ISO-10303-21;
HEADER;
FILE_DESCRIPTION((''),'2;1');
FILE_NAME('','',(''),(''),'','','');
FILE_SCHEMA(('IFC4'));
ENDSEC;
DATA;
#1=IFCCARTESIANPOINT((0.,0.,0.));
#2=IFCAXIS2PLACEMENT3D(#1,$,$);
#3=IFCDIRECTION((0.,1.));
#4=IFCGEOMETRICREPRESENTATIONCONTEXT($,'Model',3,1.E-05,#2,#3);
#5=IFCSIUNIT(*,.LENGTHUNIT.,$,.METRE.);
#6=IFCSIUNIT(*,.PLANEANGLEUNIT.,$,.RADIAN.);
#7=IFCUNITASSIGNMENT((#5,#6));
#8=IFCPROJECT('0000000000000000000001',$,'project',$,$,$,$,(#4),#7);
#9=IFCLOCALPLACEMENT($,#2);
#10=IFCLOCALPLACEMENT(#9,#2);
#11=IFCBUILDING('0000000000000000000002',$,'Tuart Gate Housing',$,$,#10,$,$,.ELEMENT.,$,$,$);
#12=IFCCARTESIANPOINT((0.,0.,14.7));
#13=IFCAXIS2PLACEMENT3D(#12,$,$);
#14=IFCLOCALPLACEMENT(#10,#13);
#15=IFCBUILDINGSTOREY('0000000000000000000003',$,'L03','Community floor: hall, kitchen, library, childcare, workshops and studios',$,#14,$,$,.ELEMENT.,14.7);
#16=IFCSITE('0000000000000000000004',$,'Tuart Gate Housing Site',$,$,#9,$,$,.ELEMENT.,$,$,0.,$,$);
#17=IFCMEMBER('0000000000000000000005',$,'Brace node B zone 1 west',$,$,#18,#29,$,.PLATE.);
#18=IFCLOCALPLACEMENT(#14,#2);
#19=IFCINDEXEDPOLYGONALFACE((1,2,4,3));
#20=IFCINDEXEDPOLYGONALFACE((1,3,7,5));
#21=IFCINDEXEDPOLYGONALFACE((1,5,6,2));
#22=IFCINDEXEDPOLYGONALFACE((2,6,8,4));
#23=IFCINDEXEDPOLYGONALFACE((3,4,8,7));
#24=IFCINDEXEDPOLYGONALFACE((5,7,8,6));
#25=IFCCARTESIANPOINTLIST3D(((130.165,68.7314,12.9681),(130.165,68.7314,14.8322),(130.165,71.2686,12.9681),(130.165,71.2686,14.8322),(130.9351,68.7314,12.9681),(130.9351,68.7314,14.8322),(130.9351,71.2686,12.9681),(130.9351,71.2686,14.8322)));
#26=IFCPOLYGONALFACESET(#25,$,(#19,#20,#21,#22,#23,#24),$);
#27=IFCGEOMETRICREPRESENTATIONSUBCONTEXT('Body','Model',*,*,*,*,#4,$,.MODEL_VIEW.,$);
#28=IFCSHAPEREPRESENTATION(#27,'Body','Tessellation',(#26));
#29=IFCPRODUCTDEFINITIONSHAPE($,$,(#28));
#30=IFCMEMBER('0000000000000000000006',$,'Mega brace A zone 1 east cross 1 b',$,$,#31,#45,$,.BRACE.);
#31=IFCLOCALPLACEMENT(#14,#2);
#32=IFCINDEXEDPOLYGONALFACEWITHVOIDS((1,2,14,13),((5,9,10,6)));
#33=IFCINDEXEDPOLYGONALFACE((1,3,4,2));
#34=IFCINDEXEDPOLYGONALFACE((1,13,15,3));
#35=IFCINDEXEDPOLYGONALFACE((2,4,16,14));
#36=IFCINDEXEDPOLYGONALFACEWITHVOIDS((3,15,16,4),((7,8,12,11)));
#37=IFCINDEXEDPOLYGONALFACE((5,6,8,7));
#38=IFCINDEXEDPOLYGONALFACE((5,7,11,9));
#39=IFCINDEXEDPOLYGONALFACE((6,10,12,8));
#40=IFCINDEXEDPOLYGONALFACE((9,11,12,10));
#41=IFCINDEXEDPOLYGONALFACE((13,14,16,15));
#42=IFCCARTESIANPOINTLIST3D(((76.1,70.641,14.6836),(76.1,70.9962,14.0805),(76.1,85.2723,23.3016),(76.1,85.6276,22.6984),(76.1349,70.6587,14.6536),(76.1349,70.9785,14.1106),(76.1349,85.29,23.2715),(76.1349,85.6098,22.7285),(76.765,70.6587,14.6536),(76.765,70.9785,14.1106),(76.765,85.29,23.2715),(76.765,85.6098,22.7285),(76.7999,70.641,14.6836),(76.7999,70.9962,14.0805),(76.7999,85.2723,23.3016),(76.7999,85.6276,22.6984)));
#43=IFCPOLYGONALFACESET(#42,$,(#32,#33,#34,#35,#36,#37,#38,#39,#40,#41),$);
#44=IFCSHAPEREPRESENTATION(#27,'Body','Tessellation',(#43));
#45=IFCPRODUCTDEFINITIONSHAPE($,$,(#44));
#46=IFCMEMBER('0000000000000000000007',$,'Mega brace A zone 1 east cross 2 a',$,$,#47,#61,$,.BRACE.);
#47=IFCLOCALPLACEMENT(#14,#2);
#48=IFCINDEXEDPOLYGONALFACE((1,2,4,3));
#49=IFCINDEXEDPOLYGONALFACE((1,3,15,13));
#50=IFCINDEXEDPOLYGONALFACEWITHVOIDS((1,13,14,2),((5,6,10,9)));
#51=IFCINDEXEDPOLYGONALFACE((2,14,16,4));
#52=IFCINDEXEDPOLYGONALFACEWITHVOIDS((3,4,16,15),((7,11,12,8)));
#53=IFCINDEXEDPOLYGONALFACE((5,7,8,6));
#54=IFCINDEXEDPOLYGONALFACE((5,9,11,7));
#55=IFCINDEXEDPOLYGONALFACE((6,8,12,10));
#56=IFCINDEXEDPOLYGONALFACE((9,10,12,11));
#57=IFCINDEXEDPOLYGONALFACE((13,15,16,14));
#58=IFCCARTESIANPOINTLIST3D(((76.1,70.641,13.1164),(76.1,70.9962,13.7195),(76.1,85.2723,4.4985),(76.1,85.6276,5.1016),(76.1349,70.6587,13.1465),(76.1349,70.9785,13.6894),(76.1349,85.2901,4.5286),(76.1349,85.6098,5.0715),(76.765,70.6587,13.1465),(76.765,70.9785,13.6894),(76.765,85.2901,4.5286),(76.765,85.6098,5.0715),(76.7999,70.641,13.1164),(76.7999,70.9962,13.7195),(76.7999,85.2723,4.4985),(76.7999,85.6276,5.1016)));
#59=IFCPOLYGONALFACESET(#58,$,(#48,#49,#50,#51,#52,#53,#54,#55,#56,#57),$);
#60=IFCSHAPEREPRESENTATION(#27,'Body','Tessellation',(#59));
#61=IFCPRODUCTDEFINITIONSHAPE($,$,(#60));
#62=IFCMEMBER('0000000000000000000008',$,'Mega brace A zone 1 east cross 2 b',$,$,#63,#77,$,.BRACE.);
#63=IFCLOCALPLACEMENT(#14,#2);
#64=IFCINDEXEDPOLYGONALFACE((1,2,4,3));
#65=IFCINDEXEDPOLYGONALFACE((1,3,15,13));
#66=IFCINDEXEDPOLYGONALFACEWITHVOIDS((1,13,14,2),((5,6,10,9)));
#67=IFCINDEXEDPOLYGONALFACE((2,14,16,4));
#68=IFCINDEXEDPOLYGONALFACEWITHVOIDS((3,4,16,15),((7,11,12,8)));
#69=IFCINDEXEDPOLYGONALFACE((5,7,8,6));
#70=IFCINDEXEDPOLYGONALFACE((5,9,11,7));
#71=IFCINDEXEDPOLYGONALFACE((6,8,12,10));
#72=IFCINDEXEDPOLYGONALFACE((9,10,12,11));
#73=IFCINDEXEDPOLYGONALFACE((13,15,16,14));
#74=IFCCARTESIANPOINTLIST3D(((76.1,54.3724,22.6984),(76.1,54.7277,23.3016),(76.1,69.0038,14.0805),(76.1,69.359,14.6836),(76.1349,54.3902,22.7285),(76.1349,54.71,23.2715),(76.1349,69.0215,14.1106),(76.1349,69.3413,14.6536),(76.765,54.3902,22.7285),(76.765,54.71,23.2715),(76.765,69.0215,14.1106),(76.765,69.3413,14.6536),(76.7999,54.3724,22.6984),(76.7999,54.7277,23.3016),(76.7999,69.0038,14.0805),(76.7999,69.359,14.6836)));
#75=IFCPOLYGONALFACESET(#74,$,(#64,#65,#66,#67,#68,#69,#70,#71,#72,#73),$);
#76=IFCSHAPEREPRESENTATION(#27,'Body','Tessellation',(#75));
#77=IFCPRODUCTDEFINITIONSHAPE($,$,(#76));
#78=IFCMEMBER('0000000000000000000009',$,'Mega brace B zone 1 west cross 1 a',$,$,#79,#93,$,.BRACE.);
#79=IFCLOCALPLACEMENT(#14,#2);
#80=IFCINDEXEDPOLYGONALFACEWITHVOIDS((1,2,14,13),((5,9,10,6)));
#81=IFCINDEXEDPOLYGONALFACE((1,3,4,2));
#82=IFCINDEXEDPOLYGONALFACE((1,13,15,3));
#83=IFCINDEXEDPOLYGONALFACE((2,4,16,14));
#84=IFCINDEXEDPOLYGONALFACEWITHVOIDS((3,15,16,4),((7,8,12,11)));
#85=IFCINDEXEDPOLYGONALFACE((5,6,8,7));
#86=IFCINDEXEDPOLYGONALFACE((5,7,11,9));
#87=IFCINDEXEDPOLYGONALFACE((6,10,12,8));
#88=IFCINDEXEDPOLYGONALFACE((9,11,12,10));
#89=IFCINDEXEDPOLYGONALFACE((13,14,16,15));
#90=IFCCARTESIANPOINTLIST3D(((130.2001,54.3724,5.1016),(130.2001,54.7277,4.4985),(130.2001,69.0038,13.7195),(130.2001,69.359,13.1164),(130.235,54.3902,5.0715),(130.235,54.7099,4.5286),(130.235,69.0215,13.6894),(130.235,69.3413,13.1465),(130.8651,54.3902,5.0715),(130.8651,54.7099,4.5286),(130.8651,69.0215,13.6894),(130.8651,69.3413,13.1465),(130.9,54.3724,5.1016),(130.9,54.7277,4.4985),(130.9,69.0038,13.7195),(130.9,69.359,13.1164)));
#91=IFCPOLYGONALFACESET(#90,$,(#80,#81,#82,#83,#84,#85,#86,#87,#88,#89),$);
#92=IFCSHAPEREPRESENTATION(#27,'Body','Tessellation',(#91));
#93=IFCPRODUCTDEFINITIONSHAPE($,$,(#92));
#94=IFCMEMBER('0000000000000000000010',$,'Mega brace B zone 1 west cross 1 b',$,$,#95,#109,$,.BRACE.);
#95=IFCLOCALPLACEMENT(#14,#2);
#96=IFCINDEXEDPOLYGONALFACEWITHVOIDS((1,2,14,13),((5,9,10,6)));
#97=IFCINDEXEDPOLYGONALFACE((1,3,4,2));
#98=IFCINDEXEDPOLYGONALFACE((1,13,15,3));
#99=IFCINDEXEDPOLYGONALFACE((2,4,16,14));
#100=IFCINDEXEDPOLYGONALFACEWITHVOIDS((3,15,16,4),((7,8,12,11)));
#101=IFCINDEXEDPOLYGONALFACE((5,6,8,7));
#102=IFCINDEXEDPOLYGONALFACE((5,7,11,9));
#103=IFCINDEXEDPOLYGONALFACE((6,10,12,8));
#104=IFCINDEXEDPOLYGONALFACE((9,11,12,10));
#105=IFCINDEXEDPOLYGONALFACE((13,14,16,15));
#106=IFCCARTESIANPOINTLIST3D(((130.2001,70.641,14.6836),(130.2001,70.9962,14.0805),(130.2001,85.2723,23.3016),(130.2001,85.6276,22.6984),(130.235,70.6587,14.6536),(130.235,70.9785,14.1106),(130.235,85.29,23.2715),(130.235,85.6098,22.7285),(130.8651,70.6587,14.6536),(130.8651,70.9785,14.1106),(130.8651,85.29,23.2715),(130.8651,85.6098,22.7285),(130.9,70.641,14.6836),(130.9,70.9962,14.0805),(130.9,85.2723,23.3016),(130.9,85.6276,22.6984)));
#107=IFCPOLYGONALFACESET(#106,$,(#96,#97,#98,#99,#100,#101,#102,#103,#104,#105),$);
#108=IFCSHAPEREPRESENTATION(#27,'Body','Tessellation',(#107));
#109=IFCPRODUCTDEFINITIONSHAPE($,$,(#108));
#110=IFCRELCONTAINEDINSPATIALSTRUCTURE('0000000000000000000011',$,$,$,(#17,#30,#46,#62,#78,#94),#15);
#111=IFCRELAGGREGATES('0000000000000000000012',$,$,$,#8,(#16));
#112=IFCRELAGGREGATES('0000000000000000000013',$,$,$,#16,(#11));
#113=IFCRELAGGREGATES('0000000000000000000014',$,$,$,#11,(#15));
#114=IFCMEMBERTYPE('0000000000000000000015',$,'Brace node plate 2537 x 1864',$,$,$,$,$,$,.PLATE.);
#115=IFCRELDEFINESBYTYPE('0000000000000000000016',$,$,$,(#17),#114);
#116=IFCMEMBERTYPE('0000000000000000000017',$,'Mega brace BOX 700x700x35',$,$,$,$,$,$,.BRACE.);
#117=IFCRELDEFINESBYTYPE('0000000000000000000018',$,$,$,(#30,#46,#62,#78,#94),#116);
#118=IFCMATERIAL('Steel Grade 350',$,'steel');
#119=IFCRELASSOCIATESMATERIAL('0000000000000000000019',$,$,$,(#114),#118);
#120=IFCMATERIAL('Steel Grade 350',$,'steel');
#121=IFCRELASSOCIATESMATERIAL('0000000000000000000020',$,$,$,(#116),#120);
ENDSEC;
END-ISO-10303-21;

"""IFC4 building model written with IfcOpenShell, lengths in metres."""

from ifc_helpers import new_model, si_unit, direction, frame, origin, origin_2d, place, context, subcontext, project, spatial, rectangle, hollow_rectangle, extrude, material, material_profile, profile_set, type_object, element, save


model = new_model("IFC4")

# Units and contexts
model_context = context("Model", 3, precision=1e-05, world=origin(), true_north=direction((0.0, 1.0)))
body_context = subcontext(model_context, "Body", "Model", "MODEL_VIEW")
ifc_project = project(units=[si_unit("LENGTHUNIT", "METRE"), si_unit("PLANEANGLEUNIT", "RADIAN")], contexts=[model_context])

# Site, building, storey
site_placement = place(None, origin())
site = spatial("IfcSite", under=ifc_project, at=site_placement, Name="Tuart Gate Housing Site", CompositionType="ELEMENT", RefElevation=0.0)
building_placement = place(site_placement, origin())
building = spatial("IfcBuilding", under=site, at=building_placement, Name="Tuart Gate Housing", CompositionType="ELEMENT")
storey_placement = place(building_placement, frame((0.0, 0.0, 14.7)))
storey = spatial("IfcBuildingStorey", under=building, at=storey_placement, Name="L03", Description="Community floor: hall, kitchen, library, childcare, workshops and studios", CompositionType="ELEMENT", Elevation=14.7)

# Members
ifc_material_1 = material(Name="Steel Grade 350", Category="steel")
ifc_material_profile_1 = material_profile(ifc_material_1, rectangle(XDim=2.5371, YDim=1.864, at=origin_2d()), Name="Brace node plate 2537 x 1864")
ifc_profile_set_1 = profile_set([ifc_material_profile_1], Name="Steel Grade 350")
member_type_1 = type_object("IfcMemberType", Name="Brace node plate 2537 x 1864", PredefinedType="PLATE", material=ifc_profile_set_1)
member_placement = place(storey_placement, frame((130.165, 70.0, 13.9001), z_axis=(1.0, 0.0, 0.0), x_axis=(0.0, 1.0, 0.0)))
element("IfcMember", 1, at=member_placement, inside=storey, type_object=member_type_1, Name="Brace node B zone 1 west", PredefinedType="PLATE", context=body_context, shape_type="SweptSolid", body=[
    extrude(rectangle(XDim=2.5371, YDim=1.864, at=origin_2d()), origin(), (0.0, 0.0, 1.0), 0.77),
])
ifc_material_2 = material(Name="Steel Grade 350", Category="steel")
ifc_material_profile_2 = material_profile(ifc_material_2, hollow_rectangle(XDim=0.7, YDim=0.7, WallThickness=0.0349, at=origin_2d()), Name="BOX 700x700x35")
ifc_profile_set_2 = profile_set([ifc_material_profile_2], Name="Steel Grade 350")
member_type_2 = type_object("IfcMemberType", Name="Mega brace BOX 700x700x35", PredefinedType="BRACE", material=ifc_profile_set_2)
for number, where, z_axis, x_axis, name in (
    (2, (76.45, 70.8186, 14.3821), (0.0, 0.861645, 0.507512), (-1.0, 0.0, 0.0), "Mega brace A zone 1 east cross 1 b"),
    (3, (76.45, 85.45, 4.8), (0.0, -0.861645, 0.507512), (1.0, 0.0, 0.0), "Mega brace A zone 1 east cross 2 a"),
    (4, (76.45, 69.1814, 14.3821), (0.0, -0.861645, 0.507512), (1.0, 0.0, 0.0), "Mega brace A zone 1 east cross 2 b"),
    (5, (130.55, 54.55, 4.8), (0.0, 0.861645, 0.507512), (-1.0, 0.0, 0.0), "Mega brace B zone 1 west cross 1 a"),
    (6, (130.55, 70.8186, 14.3821), (0.0, 0.861645, 0.507512), (-1.0, 0.0, 0.0), "Mega brace B zone 1 west cross 1 b"),
):
    element("IfcMember", number, at=place(storey_placement, frame(where, z_axis=z_axis, x_axis=x_axis)), inside=storey, type_object=member_type_2, Name=name, PredefinedType="BRACE", context=body_context, shape_type="SweptSolid", body=[
        extrude(hollow_rectangle(XDim=0.7, YDim=0.7, WallThickness=0.0349, at=origin_2d()), origin(), (0.0, 0.0, 1.0), 16.9807),
    ])

save(model, "model.ifc")
